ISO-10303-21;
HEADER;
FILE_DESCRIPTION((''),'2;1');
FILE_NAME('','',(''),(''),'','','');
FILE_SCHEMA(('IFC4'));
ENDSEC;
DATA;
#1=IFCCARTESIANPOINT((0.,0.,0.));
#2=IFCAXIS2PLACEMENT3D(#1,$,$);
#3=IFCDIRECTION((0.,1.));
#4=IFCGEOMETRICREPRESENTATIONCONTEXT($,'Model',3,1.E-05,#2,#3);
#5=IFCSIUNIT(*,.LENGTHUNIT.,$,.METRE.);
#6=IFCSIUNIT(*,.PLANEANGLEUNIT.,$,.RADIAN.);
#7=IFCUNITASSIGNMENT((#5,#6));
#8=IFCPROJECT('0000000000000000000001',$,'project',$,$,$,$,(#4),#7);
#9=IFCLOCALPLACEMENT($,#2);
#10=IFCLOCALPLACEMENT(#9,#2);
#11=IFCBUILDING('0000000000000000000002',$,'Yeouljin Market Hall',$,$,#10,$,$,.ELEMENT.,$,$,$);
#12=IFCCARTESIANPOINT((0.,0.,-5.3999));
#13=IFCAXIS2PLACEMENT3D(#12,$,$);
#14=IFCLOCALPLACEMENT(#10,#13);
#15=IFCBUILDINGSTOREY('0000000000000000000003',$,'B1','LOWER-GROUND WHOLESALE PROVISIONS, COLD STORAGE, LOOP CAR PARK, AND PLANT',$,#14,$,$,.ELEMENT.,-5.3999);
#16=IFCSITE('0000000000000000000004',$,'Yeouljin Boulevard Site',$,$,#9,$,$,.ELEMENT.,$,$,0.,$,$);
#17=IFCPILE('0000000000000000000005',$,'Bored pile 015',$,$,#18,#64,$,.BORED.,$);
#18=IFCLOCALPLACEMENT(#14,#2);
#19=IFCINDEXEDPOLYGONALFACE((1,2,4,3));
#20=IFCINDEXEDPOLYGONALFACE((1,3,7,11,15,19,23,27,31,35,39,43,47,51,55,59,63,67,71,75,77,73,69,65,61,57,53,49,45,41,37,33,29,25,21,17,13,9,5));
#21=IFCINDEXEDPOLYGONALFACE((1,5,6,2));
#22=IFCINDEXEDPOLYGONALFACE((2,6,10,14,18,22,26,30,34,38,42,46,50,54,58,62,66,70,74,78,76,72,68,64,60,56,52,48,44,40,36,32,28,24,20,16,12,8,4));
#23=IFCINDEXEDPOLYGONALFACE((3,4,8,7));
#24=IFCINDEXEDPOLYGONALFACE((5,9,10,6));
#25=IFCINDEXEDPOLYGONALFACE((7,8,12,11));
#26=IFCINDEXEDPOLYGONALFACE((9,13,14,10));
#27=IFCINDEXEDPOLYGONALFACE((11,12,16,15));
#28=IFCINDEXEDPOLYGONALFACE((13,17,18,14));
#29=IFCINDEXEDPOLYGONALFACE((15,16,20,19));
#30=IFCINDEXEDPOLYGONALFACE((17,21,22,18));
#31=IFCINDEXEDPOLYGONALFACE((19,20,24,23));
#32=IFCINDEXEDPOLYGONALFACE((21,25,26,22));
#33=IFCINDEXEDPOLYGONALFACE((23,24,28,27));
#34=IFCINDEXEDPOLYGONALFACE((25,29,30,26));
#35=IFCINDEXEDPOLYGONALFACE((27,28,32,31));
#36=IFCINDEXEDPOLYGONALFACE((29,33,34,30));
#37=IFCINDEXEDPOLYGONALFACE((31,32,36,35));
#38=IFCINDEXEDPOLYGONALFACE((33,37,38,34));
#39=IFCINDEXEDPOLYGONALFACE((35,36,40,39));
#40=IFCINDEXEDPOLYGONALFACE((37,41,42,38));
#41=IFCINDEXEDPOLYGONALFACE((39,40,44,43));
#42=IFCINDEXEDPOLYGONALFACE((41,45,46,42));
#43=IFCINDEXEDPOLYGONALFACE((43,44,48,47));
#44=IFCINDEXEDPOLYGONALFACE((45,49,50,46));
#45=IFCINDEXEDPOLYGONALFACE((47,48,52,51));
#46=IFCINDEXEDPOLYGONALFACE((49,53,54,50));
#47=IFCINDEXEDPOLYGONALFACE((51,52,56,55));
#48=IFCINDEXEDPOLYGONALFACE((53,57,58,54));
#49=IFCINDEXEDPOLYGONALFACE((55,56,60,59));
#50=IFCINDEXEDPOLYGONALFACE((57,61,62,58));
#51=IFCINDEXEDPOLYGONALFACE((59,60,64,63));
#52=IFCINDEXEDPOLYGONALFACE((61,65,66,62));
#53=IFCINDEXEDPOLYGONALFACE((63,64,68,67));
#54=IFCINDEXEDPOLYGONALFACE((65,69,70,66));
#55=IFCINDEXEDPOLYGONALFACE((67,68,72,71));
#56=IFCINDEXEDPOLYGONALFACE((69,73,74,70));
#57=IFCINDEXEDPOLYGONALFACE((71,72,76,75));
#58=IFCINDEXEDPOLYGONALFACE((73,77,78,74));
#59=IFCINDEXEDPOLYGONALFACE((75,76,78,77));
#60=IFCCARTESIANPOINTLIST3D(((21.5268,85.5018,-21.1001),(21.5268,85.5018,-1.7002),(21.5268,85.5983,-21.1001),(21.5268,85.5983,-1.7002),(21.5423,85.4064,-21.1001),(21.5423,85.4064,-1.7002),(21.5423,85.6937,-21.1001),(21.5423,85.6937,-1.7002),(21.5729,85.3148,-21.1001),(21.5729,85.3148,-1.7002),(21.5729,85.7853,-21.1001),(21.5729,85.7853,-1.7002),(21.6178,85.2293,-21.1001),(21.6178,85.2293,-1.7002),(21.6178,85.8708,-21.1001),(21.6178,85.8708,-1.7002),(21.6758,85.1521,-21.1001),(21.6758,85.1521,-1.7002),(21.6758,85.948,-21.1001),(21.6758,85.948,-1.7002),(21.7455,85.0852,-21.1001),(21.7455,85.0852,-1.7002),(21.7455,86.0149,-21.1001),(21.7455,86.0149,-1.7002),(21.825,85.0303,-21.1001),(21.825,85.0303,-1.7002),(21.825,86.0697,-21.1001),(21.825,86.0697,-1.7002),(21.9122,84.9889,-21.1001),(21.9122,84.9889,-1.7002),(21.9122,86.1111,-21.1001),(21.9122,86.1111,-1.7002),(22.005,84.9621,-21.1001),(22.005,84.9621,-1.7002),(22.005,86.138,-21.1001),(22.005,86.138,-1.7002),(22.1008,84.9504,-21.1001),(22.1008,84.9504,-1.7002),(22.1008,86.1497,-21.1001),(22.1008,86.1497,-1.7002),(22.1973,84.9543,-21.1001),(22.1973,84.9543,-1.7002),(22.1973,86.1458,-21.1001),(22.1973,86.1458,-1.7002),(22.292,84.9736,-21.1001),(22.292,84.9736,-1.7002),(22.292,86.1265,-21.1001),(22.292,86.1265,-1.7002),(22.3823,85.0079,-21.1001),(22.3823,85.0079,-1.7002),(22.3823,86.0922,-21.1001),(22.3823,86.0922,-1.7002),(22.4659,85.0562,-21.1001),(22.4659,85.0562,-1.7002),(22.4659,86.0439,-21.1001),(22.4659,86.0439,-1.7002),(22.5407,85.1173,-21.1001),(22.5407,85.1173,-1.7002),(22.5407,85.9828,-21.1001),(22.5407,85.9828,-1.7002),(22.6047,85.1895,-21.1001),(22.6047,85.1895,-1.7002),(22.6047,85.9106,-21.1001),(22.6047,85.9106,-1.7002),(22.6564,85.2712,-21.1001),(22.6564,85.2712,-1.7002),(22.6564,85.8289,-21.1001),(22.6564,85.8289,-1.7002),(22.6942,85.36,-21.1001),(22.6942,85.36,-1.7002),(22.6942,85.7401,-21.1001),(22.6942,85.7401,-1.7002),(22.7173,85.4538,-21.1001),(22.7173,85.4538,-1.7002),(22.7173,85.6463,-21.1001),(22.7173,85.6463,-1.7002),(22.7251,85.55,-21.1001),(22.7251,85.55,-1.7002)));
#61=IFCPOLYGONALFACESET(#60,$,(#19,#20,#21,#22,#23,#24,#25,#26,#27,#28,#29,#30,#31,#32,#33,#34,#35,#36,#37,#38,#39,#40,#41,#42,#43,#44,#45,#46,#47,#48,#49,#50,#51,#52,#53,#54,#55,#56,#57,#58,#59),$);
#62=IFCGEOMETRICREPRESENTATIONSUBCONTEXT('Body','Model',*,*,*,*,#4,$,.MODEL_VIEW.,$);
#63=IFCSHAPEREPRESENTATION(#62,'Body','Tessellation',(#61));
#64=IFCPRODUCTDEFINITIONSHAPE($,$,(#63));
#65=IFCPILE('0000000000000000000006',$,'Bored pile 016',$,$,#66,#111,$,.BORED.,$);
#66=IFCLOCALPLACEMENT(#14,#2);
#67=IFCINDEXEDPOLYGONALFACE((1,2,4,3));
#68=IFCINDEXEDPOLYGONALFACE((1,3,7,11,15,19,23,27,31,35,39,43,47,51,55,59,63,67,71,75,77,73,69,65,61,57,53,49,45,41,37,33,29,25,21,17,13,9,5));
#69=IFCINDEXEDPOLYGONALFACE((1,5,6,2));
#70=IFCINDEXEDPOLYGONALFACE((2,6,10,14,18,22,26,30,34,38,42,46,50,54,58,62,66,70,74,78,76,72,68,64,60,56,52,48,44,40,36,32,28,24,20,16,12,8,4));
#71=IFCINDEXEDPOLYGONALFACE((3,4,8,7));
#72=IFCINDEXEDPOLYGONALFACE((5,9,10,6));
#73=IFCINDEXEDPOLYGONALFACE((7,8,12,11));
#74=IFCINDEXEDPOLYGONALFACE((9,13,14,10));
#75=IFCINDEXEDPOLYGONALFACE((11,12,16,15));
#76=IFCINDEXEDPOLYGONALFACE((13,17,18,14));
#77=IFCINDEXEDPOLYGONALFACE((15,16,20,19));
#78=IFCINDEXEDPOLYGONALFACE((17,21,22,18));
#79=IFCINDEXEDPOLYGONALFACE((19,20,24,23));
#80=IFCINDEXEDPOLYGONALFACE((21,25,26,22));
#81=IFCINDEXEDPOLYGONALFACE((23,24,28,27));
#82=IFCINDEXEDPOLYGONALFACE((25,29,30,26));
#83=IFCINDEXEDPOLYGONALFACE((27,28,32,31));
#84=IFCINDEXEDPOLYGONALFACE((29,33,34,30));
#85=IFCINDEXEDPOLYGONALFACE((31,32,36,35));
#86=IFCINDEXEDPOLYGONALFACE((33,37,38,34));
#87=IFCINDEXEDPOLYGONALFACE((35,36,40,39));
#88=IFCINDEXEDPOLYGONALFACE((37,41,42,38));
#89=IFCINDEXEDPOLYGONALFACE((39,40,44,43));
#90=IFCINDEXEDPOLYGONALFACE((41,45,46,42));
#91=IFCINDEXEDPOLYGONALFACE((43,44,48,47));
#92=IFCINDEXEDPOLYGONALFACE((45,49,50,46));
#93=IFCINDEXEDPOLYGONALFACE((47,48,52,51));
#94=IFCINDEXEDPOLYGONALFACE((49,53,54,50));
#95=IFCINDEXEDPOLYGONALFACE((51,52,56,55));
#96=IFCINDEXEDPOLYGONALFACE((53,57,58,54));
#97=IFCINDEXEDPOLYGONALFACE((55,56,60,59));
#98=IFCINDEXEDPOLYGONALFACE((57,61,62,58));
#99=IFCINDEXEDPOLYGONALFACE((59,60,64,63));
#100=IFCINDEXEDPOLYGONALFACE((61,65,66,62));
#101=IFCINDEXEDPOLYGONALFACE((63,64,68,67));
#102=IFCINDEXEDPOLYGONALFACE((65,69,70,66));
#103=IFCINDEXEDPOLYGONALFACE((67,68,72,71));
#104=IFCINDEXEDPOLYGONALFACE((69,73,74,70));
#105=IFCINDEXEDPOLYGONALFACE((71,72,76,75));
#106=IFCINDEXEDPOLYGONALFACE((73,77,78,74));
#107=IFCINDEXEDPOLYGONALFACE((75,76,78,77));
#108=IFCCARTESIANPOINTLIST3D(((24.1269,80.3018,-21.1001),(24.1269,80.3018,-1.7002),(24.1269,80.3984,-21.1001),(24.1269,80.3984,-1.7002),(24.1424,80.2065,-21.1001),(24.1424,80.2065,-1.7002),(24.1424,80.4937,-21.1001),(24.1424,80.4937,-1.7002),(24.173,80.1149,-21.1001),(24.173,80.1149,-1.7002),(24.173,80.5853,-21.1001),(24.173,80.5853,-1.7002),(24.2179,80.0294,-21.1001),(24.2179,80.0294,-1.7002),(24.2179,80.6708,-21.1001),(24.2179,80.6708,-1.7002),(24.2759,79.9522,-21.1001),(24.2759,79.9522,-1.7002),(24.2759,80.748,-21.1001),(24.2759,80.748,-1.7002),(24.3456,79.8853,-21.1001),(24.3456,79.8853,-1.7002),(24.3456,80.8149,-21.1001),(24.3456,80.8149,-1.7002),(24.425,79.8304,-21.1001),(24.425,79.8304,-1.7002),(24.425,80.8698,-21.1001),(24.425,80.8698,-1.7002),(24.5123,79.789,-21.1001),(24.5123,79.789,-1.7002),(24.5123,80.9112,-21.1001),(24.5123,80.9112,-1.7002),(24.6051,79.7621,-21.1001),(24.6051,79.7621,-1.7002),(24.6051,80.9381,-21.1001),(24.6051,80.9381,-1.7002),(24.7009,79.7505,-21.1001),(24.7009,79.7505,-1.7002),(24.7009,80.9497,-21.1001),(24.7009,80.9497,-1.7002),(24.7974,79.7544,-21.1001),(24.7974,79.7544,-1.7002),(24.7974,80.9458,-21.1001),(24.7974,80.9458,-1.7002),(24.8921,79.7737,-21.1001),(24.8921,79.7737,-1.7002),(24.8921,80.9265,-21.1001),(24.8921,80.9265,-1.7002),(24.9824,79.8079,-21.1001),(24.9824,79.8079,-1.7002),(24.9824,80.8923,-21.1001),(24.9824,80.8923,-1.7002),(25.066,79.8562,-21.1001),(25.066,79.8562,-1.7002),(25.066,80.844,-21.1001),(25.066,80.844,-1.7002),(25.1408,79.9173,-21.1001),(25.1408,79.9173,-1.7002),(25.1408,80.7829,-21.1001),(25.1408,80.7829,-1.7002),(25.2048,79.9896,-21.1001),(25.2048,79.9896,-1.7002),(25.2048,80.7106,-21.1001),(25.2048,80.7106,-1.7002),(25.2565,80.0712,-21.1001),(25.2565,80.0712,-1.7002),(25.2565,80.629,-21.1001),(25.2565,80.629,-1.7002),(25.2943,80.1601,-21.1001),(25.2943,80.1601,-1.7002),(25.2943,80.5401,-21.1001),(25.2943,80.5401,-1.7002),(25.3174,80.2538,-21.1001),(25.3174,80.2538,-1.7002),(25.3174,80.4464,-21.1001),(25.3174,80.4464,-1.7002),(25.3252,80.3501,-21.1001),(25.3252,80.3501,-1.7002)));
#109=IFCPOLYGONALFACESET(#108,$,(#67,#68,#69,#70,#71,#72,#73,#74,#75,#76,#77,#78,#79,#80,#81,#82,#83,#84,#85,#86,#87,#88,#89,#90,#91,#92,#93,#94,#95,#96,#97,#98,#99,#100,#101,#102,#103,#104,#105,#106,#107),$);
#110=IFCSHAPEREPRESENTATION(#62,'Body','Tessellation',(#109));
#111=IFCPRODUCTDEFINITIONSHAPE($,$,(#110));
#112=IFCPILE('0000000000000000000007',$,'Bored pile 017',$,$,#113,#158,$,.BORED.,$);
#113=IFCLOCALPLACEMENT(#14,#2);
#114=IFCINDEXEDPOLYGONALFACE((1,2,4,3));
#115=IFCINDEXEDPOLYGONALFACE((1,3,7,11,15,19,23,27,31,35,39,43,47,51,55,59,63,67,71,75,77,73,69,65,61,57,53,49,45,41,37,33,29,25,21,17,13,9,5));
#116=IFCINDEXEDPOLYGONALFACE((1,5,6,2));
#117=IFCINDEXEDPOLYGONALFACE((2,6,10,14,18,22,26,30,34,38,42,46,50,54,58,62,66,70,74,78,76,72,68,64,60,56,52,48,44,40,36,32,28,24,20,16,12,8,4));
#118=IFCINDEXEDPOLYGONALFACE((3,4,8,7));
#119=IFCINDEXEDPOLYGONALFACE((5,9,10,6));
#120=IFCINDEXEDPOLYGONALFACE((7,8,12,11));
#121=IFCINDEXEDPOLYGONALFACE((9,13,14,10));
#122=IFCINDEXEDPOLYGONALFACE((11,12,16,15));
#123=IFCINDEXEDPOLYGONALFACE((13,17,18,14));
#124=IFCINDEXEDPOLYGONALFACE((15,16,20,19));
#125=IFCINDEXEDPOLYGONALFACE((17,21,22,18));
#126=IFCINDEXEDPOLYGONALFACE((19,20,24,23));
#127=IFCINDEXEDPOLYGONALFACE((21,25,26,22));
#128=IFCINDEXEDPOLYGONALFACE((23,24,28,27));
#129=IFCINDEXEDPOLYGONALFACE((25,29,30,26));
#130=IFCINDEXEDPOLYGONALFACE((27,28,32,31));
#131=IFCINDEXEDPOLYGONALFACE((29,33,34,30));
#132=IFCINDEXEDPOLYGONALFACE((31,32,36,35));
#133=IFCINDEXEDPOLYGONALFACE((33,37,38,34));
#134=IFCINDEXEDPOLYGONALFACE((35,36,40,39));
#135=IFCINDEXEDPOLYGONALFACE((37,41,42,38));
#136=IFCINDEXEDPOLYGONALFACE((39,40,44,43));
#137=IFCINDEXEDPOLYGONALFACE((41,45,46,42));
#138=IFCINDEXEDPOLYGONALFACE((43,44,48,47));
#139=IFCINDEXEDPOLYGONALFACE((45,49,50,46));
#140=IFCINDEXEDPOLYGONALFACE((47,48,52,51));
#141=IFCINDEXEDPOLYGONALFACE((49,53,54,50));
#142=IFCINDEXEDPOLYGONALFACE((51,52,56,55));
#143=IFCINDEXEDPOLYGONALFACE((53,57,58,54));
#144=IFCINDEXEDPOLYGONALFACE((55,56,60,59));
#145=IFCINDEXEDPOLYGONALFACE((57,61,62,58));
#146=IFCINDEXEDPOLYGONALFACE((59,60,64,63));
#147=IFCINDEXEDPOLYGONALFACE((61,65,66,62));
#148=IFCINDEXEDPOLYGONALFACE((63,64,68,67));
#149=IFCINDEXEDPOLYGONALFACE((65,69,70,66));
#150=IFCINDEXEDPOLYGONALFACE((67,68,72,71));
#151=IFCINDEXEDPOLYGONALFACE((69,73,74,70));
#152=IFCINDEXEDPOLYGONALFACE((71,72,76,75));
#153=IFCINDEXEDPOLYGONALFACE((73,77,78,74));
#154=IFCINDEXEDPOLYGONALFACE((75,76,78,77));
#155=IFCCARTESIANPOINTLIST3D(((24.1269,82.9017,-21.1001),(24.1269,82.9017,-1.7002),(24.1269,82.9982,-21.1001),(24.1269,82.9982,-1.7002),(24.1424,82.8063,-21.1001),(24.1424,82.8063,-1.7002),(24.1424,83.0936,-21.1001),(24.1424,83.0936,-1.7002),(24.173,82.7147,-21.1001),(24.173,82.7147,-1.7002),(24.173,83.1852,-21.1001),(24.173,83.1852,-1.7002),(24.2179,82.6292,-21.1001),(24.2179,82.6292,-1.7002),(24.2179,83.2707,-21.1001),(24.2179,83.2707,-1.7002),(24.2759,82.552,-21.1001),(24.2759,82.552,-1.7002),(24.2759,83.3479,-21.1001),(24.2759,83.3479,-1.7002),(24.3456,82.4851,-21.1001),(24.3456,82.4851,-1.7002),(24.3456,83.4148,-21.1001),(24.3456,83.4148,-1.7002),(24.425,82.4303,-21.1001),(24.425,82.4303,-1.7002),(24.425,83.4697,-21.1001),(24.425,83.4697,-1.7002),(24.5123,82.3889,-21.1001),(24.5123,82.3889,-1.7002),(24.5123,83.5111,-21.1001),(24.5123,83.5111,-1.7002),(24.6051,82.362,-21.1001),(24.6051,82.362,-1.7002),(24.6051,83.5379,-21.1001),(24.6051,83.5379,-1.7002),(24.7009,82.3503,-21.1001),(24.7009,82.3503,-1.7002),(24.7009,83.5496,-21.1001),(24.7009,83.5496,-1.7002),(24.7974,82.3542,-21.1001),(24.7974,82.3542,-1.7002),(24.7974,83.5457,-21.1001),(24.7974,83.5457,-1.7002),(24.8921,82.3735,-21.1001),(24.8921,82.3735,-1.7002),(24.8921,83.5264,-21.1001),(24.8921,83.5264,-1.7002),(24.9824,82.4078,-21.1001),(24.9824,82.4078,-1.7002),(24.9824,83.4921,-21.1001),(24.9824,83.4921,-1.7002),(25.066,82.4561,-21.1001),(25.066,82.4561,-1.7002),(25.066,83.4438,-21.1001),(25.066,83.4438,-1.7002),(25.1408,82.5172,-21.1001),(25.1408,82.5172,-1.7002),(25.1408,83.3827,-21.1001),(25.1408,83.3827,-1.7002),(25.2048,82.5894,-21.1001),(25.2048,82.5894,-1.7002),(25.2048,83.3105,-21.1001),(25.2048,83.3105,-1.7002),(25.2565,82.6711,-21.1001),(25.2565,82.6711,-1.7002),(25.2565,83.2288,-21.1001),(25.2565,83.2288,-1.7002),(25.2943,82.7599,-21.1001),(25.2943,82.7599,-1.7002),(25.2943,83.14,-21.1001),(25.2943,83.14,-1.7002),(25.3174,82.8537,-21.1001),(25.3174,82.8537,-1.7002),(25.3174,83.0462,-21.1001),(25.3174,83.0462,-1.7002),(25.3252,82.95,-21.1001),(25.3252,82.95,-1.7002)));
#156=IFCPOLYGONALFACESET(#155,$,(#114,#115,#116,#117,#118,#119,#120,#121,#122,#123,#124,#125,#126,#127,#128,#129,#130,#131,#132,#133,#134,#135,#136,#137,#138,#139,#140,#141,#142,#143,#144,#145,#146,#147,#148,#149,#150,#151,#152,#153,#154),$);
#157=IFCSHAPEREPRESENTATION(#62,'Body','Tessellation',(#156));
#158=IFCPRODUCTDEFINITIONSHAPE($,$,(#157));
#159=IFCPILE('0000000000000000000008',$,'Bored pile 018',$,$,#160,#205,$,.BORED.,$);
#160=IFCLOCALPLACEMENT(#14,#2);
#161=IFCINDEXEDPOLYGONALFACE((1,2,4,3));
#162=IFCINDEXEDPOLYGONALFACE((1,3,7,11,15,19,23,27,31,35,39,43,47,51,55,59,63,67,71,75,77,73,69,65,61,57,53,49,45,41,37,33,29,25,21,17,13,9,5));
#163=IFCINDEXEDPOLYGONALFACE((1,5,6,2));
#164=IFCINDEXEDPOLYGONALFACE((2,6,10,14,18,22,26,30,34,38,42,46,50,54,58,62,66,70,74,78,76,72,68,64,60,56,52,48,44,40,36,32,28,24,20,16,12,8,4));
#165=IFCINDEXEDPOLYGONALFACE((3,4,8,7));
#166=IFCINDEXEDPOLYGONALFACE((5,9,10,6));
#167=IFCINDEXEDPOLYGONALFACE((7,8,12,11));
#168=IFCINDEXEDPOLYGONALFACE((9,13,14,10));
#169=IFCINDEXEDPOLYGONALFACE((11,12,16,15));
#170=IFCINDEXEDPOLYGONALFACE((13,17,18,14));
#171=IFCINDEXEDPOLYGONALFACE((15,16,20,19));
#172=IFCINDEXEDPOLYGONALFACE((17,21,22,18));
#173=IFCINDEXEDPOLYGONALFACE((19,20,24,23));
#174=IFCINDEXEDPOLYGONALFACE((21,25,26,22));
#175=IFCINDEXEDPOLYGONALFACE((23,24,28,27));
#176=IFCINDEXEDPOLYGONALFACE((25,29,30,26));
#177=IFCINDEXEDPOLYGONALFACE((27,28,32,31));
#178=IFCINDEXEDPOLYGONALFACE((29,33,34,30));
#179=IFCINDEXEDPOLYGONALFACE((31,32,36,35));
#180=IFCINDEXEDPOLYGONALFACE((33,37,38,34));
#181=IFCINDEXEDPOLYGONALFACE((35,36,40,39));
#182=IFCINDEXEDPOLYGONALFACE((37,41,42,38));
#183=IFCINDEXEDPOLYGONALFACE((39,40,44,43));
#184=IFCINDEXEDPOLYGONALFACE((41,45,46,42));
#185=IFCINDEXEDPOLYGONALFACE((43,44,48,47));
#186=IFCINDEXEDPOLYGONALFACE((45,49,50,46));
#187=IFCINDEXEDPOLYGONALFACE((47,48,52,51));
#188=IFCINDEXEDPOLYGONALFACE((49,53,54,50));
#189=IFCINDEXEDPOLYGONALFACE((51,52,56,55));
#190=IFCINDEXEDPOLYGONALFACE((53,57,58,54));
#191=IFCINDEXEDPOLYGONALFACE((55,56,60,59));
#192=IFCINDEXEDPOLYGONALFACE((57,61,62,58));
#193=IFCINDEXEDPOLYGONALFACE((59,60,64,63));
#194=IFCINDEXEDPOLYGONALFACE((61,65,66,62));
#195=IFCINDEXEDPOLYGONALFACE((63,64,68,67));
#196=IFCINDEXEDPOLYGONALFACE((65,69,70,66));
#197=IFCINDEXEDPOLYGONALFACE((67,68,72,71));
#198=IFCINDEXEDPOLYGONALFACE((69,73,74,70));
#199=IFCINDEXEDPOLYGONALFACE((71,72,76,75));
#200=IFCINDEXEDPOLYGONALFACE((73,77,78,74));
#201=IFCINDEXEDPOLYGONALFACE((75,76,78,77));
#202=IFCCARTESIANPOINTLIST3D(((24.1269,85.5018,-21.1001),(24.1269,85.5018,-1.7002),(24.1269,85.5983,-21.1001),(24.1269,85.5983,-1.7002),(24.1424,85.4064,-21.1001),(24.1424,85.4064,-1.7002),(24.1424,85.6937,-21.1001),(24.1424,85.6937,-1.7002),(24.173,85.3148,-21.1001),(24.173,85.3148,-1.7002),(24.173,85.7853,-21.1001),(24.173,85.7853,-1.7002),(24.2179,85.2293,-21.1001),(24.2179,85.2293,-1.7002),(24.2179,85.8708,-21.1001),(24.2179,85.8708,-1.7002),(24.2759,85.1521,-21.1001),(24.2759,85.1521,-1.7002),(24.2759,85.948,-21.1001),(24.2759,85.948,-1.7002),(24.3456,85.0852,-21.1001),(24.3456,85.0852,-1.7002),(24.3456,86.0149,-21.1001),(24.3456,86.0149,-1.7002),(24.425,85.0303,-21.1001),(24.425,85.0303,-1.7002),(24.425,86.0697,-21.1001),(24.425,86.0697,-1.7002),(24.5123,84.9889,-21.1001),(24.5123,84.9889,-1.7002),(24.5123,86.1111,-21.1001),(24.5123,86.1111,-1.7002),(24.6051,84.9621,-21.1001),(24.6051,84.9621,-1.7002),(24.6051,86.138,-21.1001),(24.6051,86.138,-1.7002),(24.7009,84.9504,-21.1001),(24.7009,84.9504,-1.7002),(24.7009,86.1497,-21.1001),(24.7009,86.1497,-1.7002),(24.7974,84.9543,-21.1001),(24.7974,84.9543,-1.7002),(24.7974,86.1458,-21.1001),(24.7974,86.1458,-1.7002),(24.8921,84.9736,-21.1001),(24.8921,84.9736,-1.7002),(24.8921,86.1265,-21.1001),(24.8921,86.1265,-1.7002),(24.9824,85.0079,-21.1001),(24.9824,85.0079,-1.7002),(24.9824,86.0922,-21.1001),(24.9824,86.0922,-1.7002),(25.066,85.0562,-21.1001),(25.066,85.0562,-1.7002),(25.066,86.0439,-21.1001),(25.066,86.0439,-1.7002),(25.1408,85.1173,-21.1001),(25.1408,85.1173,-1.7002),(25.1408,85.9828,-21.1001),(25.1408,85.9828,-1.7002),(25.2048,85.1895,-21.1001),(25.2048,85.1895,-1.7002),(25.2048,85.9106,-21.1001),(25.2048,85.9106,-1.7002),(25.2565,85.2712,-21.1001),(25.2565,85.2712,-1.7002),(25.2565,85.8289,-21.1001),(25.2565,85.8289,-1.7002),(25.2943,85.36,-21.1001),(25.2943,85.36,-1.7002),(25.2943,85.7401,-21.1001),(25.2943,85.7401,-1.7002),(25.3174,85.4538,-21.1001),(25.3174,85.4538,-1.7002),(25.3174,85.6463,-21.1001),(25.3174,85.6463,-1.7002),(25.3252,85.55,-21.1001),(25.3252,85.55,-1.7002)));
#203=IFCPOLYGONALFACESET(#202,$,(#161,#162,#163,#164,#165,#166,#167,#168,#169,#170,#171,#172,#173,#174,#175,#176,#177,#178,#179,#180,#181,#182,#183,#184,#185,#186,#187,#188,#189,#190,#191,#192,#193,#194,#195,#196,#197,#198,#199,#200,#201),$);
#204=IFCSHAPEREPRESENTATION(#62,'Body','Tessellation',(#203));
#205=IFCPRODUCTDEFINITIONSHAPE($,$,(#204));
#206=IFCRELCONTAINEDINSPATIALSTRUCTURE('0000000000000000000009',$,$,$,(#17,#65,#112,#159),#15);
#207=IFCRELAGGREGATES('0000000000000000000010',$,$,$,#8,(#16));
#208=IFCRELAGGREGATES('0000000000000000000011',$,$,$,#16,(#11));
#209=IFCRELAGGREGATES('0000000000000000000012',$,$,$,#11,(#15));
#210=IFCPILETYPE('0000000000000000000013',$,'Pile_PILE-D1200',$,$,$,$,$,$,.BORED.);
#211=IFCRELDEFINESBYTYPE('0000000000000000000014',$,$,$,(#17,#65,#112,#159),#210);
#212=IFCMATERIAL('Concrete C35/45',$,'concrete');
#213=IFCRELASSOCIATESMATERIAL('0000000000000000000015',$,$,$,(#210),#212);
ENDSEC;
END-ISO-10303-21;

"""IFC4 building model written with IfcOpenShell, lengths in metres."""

from ifc_helpers import new_model, si_unit, direction, frame, origin, origin_2d, place, context, subcontext, project, spatial, circle, extrude, material, material_profile, profile_set, type_object, element, save


model = new_model("IFC4")

# Units and contexts
model_context = context("Model", 3, precision=1e-05, world=origin(), true_north=direction((0.0, 1.0)))
body_context = subcontext(model_context, "Body", "Model", "MODEL_VIEW")
ifc_project = project(units=[si_unit("LENGTHUNIT", "METRE"), si_unit("PLANEANGLEUNIT", "RADIAN")], contexts=[model_context])

# Site, building, storey
site_placement = place(None, origin())
site = spatial("IfcSite", under=ifc_project, at=site_placement, Name="Yeouljin Boulevard Site", CompositionType="ELEMENT", RefElevation=0.0)
building_placement = place(site_placement, origin())
building = spatial("IfcBuilding", under=site, at=building_placement, Name="Yeouljin Market Hall", CompositionType="ELEMENT")
storey_placement = place(building_placement, frame((0.0, 0.0, -5.3999)))
storey = spatial("IfcBuildingStorey", under=building, at=storey_placement, Name="B1", Description="LOWER-GROUND WHOLESALE PROVISIONS, COLD STORAGE, LOOP CAR PARK, AND PLANT", CompositionType="ELEMENT", Elevation=-5.3999)

# Piles
ifc_material_1 = material(Name="Concrete C35/45", Category="concrete")
ifc_material_profile_1 = material_profile(ifc_material_1, circle(Radius=0.6001, at=origin_2d()), Name="PILE-D1200")
ifc_profile_set_1 = profile_set([ifc_material_profile_1], Name="Concrete C35/45")
pile_type_1 = type_object("IfcPileType", Name="Pile_PILE-D1200", PredefinedType="BORED", material=ifc_profile_set_1)
for number, where, z_axis, x_axis, name in (
    (1, (22.125, 85.55, -1.7002), (0.0, 0.0, -1.0), (1.0, 0.0, 0.0), "Bored pile 015"),
    (2, (24.7251, 80.3501, -1.7002), (0.0, 0.0, -1.0), (1.0, 0.0, 0.0), "Bored pile 016"),
    (3, (24.7251, 82.95, -1.7002), (0.0, 0.0, -1.0), (1.0, 0.0, 0.0), "Bored pile 017"),
    (4, (24.7251, 85.55, -1.7002), (0.0, 0.0, -1.0), (1.0, 0.0, 0.0), "Bored pile 018"),
):
    element("IfcPile", number, at=place(storey_placement, frame(where, z_axis=z_axis, x_axis=x_axis)), inside=storey, type_object=pile_type_1, Name=name, PredefinedType="BORED", context=body_context, shape_type="SweptSolid", body=[
        extrude(circle(Radius=0.6001, at=origin_2d()), origin(), (0.0, 0.0, 1.0), 19.3999),
    ])

save(model, "model.ifc")
